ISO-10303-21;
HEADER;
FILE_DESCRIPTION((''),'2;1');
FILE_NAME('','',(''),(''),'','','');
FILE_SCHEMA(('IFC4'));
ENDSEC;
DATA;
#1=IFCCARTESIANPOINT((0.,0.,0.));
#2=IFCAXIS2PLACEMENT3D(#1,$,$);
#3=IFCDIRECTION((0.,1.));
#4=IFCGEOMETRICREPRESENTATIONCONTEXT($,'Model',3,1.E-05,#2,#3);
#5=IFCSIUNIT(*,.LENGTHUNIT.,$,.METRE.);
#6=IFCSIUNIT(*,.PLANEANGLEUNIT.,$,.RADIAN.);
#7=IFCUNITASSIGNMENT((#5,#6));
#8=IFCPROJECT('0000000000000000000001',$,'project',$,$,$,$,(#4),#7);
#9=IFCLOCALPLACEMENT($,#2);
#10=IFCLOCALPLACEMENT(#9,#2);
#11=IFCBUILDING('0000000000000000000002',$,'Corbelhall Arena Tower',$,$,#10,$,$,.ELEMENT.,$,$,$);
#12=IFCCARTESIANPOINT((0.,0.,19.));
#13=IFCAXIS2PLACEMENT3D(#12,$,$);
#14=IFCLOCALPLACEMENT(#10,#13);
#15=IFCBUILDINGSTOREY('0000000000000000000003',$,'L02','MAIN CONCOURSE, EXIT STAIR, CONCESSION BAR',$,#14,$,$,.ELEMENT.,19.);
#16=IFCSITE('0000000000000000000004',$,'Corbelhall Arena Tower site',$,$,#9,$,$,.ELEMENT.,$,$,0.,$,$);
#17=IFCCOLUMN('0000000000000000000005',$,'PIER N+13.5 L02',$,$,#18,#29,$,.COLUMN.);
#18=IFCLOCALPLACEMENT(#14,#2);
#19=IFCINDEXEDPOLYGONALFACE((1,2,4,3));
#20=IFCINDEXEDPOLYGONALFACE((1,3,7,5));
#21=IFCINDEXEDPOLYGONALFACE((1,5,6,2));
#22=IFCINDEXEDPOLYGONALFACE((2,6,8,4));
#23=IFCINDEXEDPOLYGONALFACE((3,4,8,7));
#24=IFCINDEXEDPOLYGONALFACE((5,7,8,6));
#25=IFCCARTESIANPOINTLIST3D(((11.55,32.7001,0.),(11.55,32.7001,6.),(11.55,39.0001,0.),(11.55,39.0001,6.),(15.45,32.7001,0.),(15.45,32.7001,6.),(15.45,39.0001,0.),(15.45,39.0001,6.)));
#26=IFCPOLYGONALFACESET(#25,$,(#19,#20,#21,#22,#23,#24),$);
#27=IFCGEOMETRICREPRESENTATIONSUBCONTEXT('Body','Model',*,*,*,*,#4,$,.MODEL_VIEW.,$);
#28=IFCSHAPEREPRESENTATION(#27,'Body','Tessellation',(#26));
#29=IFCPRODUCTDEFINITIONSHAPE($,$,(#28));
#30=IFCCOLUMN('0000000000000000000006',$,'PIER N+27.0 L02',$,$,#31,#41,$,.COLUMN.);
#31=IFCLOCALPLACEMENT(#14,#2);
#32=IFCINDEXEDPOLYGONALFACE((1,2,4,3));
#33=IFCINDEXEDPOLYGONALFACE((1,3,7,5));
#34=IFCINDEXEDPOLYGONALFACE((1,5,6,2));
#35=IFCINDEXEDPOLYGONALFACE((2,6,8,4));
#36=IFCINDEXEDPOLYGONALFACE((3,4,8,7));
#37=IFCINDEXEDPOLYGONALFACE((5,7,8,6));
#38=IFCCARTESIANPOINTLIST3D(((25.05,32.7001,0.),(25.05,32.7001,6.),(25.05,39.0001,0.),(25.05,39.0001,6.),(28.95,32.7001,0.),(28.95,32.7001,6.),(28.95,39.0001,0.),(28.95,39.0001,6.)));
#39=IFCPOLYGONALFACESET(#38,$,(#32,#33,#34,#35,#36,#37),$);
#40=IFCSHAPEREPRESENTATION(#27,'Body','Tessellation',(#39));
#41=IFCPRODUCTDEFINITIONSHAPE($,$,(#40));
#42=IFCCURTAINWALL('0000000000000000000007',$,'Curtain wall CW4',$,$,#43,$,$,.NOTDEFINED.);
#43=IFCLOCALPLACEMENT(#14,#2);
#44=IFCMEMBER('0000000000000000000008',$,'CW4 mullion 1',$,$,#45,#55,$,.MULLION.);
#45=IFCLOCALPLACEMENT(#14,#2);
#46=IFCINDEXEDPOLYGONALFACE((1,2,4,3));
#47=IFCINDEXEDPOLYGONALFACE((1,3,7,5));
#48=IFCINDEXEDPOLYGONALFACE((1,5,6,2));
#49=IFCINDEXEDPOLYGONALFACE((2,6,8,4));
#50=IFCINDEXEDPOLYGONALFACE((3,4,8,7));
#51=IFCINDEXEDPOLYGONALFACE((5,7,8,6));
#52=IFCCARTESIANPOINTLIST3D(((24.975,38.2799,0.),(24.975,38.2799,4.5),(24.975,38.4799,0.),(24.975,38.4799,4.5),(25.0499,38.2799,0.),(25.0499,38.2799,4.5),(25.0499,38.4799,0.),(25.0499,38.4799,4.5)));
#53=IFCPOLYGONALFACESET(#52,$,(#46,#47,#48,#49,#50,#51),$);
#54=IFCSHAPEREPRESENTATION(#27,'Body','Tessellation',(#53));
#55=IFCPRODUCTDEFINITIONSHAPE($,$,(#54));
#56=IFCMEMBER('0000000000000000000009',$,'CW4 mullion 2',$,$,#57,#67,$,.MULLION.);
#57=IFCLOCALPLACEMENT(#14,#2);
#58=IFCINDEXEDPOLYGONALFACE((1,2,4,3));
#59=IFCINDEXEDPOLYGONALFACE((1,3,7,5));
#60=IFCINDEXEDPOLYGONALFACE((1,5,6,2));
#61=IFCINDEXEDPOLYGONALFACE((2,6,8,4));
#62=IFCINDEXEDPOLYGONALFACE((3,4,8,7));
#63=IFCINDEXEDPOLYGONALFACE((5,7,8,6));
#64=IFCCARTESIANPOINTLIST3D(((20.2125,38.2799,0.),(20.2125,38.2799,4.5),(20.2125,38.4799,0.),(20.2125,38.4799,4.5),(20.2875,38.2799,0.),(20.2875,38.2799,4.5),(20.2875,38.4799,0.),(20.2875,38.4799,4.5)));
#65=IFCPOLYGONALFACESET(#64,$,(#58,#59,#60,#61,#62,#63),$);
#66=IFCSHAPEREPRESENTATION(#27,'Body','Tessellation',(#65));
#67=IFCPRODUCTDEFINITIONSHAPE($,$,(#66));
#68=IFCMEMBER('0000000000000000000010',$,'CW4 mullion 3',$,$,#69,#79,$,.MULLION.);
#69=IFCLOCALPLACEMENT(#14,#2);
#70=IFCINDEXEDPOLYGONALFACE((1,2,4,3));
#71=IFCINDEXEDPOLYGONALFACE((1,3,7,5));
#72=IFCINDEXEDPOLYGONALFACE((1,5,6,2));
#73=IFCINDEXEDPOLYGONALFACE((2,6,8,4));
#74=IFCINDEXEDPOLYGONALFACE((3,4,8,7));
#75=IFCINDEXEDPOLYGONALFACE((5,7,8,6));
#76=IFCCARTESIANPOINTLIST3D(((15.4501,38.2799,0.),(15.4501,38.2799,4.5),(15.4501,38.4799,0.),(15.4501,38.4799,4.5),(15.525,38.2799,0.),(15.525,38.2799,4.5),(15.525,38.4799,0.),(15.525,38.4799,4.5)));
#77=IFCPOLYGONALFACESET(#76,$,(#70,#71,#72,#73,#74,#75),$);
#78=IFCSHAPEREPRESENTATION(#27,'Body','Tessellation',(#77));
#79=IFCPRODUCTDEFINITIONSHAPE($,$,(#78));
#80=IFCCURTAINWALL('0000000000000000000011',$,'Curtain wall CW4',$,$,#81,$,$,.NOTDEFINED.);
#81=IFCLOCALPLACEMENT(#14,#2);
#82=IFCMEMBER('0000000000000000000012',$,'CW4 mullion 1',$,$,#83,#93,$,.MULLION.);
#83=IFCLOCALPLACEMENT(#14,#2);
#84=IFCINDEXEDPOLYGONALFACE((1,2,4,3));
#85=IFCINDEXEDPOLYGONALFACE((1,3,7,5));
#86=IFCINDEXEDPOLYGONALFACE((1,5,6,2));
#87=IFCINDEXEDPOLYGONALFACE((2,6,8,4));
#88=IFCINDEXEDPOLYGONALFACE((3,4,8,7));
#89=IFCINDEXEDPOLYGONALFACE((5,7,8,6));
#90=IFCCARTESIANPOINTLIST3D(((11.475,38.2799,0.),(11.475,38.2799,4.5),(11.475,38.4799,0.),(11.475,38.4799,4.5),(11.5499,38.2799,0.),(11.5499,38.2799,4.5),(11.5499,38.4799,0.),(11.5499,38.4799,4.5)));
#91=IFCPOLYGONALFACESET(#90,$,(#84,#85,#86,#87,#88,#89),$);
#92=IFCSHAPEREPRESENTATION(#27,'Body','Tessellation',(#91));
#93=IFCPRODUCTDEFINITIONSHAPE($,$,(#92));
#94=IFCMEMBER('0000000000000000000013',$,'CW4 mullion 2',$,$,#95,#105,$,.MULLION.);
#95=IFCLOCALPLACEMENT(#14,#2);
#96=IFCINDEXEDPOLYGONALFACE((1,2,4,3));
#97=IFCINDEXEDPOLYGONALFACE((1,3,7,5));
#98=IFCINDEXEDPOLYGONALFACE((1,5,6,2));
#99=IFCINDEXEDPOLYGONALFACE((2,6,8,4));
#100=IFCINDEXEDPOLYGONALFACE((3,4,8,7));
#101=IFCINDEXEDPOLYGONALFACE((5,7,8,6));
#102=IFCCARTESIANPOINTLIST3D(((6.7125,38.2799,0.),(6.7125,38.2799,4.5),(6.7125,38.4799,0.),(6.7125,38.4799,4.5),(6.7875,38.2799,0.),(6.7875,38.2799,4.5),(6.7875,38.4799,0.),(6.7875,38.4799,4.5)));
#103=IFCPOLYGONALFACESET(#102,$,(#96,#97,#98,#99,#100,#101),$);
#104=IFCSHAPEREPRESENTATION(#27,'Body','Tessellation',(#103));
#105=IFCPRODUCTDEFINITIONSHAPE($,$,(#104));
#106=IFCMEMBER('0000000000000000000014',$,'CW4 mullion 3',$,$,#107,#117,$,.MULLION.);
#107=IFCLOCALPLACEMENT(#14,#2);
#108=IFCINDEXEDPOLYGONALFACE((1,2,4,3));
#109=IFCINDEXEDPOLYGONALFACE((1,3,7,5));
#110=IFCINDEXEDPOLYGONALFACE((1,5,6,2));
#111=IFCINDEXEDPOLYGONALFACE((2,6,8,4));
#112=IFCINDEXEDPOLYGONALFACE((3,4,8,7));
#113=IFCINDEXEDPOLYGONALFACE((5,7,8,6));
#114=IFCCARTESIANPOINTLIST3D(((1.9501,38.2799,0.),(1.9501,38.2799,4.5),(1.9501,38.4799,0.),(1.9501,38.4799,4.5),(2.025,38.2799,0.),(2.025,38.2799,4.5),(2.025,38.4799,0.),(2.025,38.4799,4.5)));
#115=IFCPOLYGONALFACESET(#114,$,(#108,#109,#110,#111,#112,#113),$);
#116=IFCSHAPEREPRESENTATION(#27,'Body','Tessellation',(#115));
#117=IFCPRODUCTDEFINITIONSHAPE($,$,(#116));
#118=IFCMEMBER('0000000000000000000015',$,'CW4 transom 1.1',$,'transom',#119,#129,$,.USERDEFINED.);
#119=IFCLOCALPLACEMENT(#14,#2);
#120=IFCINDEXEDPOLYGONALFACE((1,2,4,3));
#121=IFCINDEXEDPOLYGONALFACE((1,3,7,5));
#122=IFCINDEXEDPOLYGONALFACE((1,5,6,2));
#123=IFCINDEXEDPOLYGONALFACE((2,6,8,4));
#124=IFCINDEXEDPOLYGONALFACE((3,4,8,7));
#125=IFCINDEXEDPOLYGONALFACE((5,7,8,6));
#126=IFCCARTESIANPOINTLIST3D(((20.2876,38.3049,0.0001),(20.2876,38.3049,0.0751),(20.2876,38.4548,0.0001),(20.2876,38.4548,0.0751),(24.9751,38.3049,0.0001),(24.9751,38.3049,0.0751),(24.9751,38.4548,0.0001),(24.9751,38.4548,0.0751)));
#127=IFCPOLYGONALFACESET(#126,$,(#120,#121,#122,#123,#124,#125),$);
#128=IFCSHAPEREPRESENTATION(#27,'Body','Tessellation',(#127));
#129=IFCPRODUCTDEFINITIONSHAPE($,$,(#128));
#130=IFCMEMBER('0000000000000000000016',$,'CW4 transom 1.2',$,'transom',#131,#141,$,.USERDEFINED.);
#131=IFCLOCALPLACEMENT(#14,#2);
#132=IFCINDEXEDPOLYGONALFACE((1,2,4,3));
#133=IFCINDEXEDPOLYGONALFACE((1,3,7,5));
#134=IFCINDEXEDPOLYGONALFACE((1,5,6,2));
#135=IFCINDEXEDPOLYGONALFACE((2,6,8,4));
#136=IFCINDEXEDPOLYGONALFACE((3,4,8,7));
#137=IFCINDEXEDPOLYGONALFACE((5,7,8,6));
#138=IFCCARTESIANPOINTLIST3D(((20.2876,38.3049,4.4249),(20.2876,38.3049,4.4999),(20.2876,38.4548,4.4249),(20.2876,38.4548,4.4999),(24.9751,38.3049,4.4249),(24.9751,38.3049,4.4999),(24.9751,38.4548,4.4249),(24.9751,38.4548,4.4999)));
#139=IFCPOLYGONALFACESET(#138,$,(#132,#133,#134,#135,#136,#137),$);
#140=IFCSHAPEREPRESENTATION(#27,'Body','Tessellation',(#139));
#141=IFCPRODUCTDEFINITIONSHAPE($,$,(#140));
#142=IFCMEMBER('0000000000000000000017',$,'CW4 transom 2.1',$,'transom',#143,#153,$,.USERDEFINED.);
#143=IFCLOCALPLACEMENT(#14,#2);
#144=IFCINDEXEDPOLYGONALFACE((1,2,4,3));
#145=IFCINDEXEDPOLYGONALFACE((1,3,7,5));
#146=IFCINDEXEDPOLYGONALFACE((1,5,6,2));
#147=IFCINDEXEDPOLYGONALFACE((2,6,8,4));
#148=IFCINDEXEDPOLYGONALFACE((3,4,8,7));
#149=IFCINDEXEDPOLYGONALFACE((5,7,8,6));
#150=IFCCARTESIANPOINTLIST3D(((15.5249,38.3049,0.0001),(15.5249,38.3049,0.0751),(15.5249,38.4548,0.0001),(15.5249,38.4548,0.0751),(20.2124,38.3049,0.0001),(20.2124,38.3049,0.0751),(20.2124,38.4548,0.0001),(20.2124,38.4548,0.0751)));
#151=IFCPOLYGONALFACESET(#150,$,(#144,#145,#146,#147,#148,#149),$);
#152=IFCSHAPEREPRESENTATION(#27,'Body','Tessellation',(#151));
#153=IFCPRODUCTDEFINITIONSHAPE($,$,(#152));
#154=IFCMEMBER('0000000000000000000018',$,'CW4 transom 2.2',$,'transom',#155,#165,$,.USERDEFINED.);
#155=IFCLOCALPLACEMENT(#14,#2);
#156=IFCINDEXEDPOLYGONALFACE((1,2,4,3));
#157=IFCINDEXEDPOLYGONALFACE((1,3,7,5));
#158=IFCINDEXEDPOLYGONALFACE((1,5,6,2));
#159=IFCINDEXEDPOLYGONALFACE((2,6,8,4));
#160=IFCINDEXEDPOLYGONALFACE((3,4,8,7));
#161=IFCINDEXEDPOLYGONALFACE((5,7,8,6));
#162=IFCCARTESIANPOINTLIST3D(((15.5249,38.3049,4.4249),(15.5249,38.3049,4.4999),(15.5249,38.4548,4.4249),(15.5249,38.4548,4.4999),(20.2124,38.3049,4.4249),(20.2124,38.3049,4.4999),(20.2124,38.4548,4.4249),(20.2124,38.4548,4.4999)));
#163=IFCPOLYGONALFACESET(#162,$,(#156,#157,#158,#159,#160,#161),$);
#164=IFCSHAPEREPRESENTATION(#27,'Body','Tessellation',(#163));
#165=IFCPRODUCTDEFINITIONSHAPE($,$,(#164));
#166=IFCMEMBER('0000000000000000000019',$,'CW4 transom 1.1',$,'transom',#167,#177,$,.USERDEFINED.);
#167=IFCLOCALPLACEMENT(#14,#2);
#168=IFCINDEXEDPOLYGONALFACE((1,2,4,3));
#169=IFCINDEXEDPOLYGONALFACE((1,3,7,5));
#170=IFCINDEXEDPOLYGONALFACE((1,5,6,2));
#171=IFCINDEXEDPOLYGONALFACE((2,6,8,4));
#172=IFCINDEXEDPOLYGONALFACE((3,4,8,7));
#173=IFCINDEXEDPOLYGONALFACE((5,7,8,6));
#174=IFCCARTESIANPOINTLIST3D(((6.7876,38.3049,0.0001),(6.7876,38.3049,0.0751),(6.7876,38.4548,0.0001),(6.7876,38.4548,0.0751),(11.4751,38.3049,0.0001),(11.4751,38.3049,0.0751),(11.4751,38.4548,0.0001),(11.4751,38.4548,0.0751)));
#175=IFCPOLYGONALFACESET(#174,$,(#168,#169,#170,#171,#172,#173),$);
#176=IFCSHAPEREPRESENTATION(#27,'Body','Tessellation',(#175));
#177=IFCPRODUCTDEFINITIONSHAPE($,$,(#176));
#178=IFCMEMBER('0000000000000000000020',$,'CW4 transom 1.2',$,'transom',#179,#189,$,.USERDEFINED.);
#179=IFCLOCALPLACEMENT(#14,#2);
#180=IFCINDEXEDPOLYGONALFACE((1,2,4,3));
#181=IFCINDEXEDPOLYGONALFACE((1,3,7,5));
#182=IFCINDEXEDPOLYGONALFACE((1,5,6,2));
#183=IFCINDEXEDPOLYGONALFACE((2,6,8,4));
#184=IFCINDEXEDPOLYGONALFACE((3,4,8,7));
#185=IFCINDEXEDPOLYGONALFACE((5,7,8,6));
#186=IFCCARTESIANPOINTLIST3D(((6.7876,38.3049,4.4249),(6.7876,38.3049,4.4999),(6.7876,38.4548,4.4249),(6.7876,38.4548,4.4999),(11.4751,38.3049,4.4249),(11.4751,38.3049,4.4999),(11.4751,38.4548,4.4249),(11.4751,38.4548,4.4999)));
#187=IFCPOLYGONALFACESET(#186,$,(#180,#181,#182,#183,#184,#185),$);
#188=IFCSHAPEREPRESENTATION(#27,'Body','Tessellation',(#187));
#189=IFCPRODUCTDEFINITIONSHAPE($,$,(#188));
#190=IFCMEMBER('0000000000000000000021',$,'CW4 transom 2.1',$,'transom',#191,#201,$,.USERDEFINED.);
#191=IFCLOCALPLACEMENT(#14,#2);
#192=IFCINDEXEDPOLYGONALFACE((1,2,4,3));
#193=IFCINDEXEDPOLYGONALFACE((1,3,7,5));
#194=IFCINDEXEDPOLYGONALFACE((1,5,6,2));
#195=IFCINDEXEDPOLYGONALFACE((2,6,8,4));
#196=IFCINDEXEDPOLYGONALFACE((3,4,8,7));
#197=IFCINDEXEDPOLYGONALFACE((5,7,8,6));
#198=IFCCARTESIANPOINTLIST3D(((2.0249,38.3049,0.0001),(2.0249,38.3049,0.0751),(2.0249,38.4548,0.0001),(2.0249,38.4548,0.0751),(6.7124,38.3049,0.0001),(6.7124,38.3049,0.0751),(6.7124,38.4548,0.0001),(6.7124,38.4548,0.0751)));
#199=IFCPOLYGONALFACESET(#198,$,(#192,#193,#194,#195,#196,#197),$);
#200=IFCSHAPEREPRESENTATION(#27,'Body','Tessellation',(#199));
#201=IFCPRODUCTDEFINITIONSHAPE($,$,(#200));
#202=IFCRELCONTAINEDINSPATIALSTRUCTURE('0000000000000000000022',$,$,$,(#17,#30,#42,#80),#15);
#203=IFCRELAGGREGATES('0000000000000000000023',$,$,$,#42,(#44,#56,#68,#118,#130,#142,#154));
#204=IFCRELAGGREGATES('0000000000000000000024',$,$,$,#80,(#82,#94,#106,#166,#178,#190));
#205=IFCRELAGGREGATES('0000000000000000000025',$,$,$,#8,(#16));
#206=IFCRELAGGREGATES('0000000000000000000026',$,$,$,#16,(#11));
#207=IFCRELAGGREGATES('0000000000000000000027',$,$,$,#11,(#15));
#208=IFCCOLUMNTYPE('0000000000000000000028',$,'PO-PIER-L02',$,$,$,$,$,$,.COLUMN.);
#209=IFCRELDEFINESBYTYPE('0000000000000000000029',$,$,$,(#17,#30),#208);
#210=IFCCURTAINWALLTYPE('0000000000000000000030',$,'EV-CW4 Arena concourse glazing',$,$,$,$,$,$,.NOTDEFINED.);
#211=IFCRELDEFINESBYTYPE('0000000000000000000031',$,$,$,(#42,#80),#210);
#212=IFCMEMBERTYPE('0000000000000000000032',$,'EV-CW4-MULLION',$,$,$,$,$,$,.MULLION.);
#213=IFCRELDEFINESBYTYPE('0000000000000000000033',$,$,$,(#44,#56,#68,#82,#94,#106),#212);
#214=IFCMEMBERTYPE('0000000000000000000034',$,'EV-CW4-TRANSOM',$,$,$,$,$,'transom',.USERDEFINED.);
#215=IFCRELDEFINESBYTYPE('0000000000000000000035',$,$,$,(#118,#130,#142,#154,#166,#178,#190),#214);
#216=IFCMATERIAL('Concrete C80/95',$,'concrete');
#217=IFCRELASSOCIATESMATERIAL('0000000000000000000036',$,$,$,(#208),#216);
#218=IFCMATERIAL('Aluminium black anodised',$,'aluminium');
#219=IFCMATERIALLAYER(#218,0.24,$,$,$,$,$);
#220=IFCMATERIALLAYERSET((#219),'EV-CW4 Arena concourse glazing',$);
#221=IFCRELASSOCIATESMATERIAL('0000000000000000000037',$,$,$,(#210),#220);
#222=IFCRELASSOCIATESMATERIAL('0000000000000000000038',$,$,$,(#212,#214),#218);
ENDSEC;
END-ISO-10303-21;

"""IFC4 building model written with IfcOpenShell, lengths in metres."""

from ifc_helpers import new_model, si_unit, direction, frame, origin, origin_2d, place, context, subcontext, project, spatial, rectangle, extrude, material, layer, layer_set, material_profile, profile_set, type_object, element, aggregate, save


model = new_model("IFC4")

# Units and contexts
model_context = context("Model", 3, precision=1e-05, world=origin(), true_north=direction((0.0, 1.0)))
body_context = subcontext(model_context, "Body", "Model", "MODEL_VIEW")
ifc_project = project(units=[si_unit("LENGTHUNIT", "METRE"), si_unit("PLANEANGLEUNIT", "RADIAN")], contexts=[model_context])

# Site, building, storey
site_placement = place(None, origin())
site = spatial("IfcSite", under=ifc_project, at=site_placement, Name="Corbelhall Arena Tower site", CompositionType="ELEMENT", RefElevation=0.0)
building_placement = place(site_placement, origin())
building = spatial("IfcBuilding", under=site, at=building_placement, Name="Corbelhall Arena Tower", CompositionType="ELEMENT")
storey_placement = place(building_placement, frame((0.0, 0.0, 19.0)))
storey = spatial("IfcBuildingStorey", under=building, at=storey_placement, Name="L02", Description="MAIN CONCOURSE, EXIT STAIR, CONCESSION BAR", CompositionType="ELEMENT", Elevation=19.0)

# Columns
ifc_material_1 = material(Name="Concrete C80/95", Category="concrete")
ifc_material_profile_1 = material_profile(ifc_material_1, rectangle(XDim=3.8999, YDim=6.3, at=origin_2d()))
ifc_profile_set_1 = profile_set([ifc_material_profile_1], Name="Concrete C80/95")
column_type = type_object("IfcColumnType", Name="PO-PIER-L02", PredefinedType="COLUMN", material=ifc_profile_set_1)
for number, where, z_axis, x_axis, name in (
    (1, (13.5, 35.8501, 0.0), (0.0, 0.0, 1.0), (1.0, 0.0, 0.0), "PIER N+13.5 L02"),
    (2, (27.0, 35.8501, 0.0), (0.0, 0.0, 1.0), (1.0, 0.0, 0.0), "PIER N+27.0 L02"),
):
    element("IfcColumn", number, at=place(storey_placement, frame(where, z_axis=z_axis, x_axis=x_axis)), inside=storey, type_object=column_type, Name=name, PredefinedType="COLUMN", context=body_context, shape_type="SweptSolid", body=[
        extrude(rectangle(XDim=3.8999, YDim=6.3, at=origin_2d()), origin(), (0.0, 0.0, 1.0), 6.0),
    ])

# Curtain walls, members
ifc_material_2 = material(Name="Aluminium black anodised", Category="aluminium")
ifc_layer_1 = layer(ifc_material_2, 0.24)
ifc_layer_set_1 = layer_set([ifc_layer_1], Name="EV-CW4 Arena concourse glazing")
curtain_wall_type = type_object("IfcCurtainWallType", Name="EV-CW4 Arena concourse glazing", PredefinedType="NOTDEFINED", material=ifc_layer_set_1)
curtain_wall_1_placement = place(storey_placement, origin())
curtain_wall_1 = element("IfcCurtainWall", 3, at=curtain_wall_1_placement, inside=storey, type_object=curtain_wall_type, Name="Curtain wall CW4", PredefinedType="NOTDEFINED")
ifc_material_profile_2 = material_profile(ifc_material_2, rectangle(XDim=0.2, YDim=0.075, at=origin_2d()))
ifc_profile_set_2 = profile_set([ifc_material_profile_2], Name="Aluminium black anodised")
member_type_1 = type_object("IfcMemberType", Name="EV-CW4-MULLION", PredefinedType="MULLION", material=ifc_profile_set_2)
member_1_placement = place(storey_placement, frame((25.0125, 38.3799, 0.0), z_axis=(0.0, 0.0, 1.0), x_axis=(0.0, -1.0, 0.0)))
member_1 = element("IfcMember", 4, at=member_1_placement, type_object=member_type_1, Name="CW4 mullion 1", PredefinedType="MULLION", context=body_context, shape_type="SweptSolid", body=[
    extrude(rectangle(XDim=0.2, YDim=0.075, at=origin_2d()), origin(), (0.0, 0.0, 1.0), 4.5),
])
member_2_placement = place(storey_placement, frame((20.25, 38.3799, 0.0), z_axis=(0.0, 0.0, 1.0), x_axis=(0.0, -1.0, 0.0)))
member_2 = element("IfcMember", 5, at=member_2_placement, type_object=member_type_1, Name="CW4 mullion 2", PredefinedType="MULLION", context=body_context, shape_type="SweptSolid", body=[
    extrude(rectangle(XDim=0.2, YDim=0.075, at=origin_2d()), origin(), (0.0, 0.0, 1.0), 4.5),
])
member_3_placement = place(storey_placement, frame((15.4875, 38.3799, 0.0), z_axis=(0.0, 0.0, 1.0), x_axis=(0.0, -1.0, 0.0)))
member_3 = element("IfcMember", 6, at=member_3_placement, type_object=member_type_1, Name="CW4 mullion 3", PredefinedType="MULLION", context=body_context, shape_type="SweptSolid", body=[
    extrude(rectangle(XDim=0.2, YDim=0.075, at=origin_2d()), origin(), (0.0, 0.0, 1.0), 4.5),
])
curtain_wall_2_placement = place(storey_placement, origin())
curtain_wall_2 = element("IfcCurtainWall", 7, at=curtain_wall_2_placement, inside=storey, type_object=curtain_wall_type, Name="Curtain wall CW4", PredefinedType="NOTDEFINED")
member_4_placement = place(storey_placement, frame((11.5125, 38.3799, 0.0), z_axis=(0.0, 0.0, 1.0), x_axis=(0.0, -1.0, 0.0)))
member_4 = element("IfcMember", 8, at=member_4_placement, type_object=member_type_1, Name="CW4 mullion 1", PredefinedType="MULLION", context=body_context, shape_type="SweptSolid", body=[
    extrude(rectangle(XDim=0.2, YDim=0.075, at=origin_2d()), origin(), (0.0, 0.0, 1.0), 4.5),
])
member_5_placement = place(storey_placement, frame((6.75, 38.3799, 0.0), z_axis=(0.0, 0.0, 1.0), x_axis=(0.0, -1.0, 0.0)))
member_5 = element("IfcMember", 9, at=member_5_placement, type_object=member_type_1, Name="CW4 mullion 2", PredefinedType="MULLION", context=body_context, shape_type="SweptSolid", body=[
    extrude(rectangle(XDim=0.2, YDim=0.075, at=origin_2d()), origin(), (0.0, 0.0, 1.0), 4.5),
])
member_6_placement = place(storey_placement, frame((1.9875, 38.3799, 0.0), z_axis=(0.0, 0.0, 1.0), x_axis=(0.0, -1.0, 0.0)))
member_6 = element("IfcMember", 10, at=member_6_placement, type_object=member_type_1, Name="CW4 mullion 3", PredefinedType="MULLION", context=body_context, shape_type="SweptSolid", body=[
    extrude(rectangle(XDim=0.2, YDim=0.075, at=origin_2d()), origin(), (0.0, 0.0, 1.0), 4.5),
])

# Members
ifc_material_profile_3 = material_profile(ifc_material_2, rectangle(XDim=0.1499, YDim=0.075, at=origin_2d()))
ifc_profile_set_3 = profile_set([ifc_material_profile_3], Name="Aluminium black anodised")
member_type_2 = type_object("IfcMemberType", Name="EV-CW4-TRANSOM", ElementType="transom", PredefinedType="USERDEFINED", material=ifc_profile_set_3)
member_7_placement = place(storey_placement, frame((24.9751, 38.3799, 0.0376), z_axis=(-1.0, 0.0, 0.0), x_axis=(0.0, -1.0, 0.0)))
member_7 = element("IfcMember", 11, at=member_7_placement, type_object=member_type_2, Name="CW4 transom 1.1", ObjectType="transom", PredefinedType="USERDEFINED", context=body_context, shape_type="SweptSolid", body=[
    extrude(rectangle(XDim=0.1499, YDim=0.075, at=origin_2d()), origin(), (0.0, 0.0, 1.0), 4.6875),
])
member_8_placement = place(storey_placement, frame((24.9751, 38.3799, 4.4624), z_axis=(-1.0, 0.0, 0.0), x_axis=(0.0, -1.0, 0.0)))
member_8 = element("IfcMember", 12, at=member_8_placement, type_object=member_type_2, Name="CW4 transom 1.2", ObjectType="transom", PredefinedType="USERDEFINED", context=body_context, shape_type="SweptSolid", body=[
    extrude(rectangle(XDim=0.1499, YDim=0.075, at=origin_2d()), origin(), (0.0, 0.0, 1.0), 4.6875),
])
member_9_placement = place(storey_placement, frame((20.2124, 38.3799, 0.0376), z_axis=(-1.0, 0.0, 0.0), x_axis=(0.0, -1.0, 0.0)))
member_9 = element("IfcMember", 13, at=member_9_placement, type_object=member_type_2, Name="CW4 transom 2.1", ObjectType="transom", PredefinedType="USERDEFINED", context=body_context, shape_type="SweptSolid", body=[
    extrude(rectangle(XDim=0.1499, YDim=0.075, at=origin_2d()), origin(), (0.0, 0.0, 1.0), 4.6875),
])
member_10_placement = place(storey_placement, frame((20.2124, 38.3799, 4.4624), z_axis=(-1.0, 0.0, 0.0), x_axis=(0.0, -1.0, 0.0)))
member_10 = element("IfcMember", 14, at=member_10_placement, type_object=member_type_2, Name="CW4 transom 2.2", ObjectType="transom", PredefinedType="USERDEFINED", context=body_context, shape_type="SweptSolid", body=[
    extrude(rectangle(XDim=0.1499, YDim=0.075, at=origin_2d()), origin(), (0.0, 0.0, 1.0), 4.6875),
])
member_11_placement = place(storey_placement, frame((11.4751, 38.3799, 0.0376), z_axis=(-1.0, 0.0, 0.0), x_axis=(0.0, -1.0, 0.0)))
member_11 = element("IfcMember", 15, at=member_11_placement, type_object=member_type_2, Name="CW4 transom 1.1", ObjectType="transom", PredefinedType="USERDEFINED", context=body_context, shape_type="SweptSolid", body=[
    extrude(rectangle(XDim=0.1499, YDim=0.075, at=origin_2d()), origin(), (0.0, 0.0, 1.0), 4.6875),
])
member_12_placement = place(storey_placement, frame((11.4751, 38.3799, 4.4624), z_axis=(-1.0, 0.0, 0.0), x_axis=(0.0, -1.0, 0.0)))
member_12 = element("IfcMember", 16, at=member_12_placement, type_object=member_type_2, Name="CW4 transom 1.2", ObjectType="transom", PredefinedType="USERDEFINED", context=body_context, shape_type="SweptSolid", body=[
    extrude(rectangle(XDim=0.1499, YDim=0.075, at=origin_2d()), origin(), (0.0, 0.0, 1.0), 4.6875),
])
member_13_placement = place(storey_placement, frame((6.7124, 38.3799, 0.0376), z_axis=(-1.0, 0.0, 0.0), x_axis=(0.0, -1.0, 0.0)))
member_13 = element("IfcMember", 17, at=member_13_placement, type_object=member_type_2, Name="CW4 transom 2.1", ObjectType="transom", PredefinedType="USERDEFINED", context=body_context, shape_type="SweptSolid", body=[
    extrude(rectangle(XDim=0.1499, YDim=0.075, at=origin_2d()), origin(), (0.0, 0.0, 1.0), 4.6875),
])

aggregate(curtain_wall_1, [member_1, member_2, member_3, member_7, member_8, member_9, member_10])
aggregate(curtain_wall_2, [member_4, member_5, member_6, member_11, member_12, member_13])

save(model, "model.ifc")
